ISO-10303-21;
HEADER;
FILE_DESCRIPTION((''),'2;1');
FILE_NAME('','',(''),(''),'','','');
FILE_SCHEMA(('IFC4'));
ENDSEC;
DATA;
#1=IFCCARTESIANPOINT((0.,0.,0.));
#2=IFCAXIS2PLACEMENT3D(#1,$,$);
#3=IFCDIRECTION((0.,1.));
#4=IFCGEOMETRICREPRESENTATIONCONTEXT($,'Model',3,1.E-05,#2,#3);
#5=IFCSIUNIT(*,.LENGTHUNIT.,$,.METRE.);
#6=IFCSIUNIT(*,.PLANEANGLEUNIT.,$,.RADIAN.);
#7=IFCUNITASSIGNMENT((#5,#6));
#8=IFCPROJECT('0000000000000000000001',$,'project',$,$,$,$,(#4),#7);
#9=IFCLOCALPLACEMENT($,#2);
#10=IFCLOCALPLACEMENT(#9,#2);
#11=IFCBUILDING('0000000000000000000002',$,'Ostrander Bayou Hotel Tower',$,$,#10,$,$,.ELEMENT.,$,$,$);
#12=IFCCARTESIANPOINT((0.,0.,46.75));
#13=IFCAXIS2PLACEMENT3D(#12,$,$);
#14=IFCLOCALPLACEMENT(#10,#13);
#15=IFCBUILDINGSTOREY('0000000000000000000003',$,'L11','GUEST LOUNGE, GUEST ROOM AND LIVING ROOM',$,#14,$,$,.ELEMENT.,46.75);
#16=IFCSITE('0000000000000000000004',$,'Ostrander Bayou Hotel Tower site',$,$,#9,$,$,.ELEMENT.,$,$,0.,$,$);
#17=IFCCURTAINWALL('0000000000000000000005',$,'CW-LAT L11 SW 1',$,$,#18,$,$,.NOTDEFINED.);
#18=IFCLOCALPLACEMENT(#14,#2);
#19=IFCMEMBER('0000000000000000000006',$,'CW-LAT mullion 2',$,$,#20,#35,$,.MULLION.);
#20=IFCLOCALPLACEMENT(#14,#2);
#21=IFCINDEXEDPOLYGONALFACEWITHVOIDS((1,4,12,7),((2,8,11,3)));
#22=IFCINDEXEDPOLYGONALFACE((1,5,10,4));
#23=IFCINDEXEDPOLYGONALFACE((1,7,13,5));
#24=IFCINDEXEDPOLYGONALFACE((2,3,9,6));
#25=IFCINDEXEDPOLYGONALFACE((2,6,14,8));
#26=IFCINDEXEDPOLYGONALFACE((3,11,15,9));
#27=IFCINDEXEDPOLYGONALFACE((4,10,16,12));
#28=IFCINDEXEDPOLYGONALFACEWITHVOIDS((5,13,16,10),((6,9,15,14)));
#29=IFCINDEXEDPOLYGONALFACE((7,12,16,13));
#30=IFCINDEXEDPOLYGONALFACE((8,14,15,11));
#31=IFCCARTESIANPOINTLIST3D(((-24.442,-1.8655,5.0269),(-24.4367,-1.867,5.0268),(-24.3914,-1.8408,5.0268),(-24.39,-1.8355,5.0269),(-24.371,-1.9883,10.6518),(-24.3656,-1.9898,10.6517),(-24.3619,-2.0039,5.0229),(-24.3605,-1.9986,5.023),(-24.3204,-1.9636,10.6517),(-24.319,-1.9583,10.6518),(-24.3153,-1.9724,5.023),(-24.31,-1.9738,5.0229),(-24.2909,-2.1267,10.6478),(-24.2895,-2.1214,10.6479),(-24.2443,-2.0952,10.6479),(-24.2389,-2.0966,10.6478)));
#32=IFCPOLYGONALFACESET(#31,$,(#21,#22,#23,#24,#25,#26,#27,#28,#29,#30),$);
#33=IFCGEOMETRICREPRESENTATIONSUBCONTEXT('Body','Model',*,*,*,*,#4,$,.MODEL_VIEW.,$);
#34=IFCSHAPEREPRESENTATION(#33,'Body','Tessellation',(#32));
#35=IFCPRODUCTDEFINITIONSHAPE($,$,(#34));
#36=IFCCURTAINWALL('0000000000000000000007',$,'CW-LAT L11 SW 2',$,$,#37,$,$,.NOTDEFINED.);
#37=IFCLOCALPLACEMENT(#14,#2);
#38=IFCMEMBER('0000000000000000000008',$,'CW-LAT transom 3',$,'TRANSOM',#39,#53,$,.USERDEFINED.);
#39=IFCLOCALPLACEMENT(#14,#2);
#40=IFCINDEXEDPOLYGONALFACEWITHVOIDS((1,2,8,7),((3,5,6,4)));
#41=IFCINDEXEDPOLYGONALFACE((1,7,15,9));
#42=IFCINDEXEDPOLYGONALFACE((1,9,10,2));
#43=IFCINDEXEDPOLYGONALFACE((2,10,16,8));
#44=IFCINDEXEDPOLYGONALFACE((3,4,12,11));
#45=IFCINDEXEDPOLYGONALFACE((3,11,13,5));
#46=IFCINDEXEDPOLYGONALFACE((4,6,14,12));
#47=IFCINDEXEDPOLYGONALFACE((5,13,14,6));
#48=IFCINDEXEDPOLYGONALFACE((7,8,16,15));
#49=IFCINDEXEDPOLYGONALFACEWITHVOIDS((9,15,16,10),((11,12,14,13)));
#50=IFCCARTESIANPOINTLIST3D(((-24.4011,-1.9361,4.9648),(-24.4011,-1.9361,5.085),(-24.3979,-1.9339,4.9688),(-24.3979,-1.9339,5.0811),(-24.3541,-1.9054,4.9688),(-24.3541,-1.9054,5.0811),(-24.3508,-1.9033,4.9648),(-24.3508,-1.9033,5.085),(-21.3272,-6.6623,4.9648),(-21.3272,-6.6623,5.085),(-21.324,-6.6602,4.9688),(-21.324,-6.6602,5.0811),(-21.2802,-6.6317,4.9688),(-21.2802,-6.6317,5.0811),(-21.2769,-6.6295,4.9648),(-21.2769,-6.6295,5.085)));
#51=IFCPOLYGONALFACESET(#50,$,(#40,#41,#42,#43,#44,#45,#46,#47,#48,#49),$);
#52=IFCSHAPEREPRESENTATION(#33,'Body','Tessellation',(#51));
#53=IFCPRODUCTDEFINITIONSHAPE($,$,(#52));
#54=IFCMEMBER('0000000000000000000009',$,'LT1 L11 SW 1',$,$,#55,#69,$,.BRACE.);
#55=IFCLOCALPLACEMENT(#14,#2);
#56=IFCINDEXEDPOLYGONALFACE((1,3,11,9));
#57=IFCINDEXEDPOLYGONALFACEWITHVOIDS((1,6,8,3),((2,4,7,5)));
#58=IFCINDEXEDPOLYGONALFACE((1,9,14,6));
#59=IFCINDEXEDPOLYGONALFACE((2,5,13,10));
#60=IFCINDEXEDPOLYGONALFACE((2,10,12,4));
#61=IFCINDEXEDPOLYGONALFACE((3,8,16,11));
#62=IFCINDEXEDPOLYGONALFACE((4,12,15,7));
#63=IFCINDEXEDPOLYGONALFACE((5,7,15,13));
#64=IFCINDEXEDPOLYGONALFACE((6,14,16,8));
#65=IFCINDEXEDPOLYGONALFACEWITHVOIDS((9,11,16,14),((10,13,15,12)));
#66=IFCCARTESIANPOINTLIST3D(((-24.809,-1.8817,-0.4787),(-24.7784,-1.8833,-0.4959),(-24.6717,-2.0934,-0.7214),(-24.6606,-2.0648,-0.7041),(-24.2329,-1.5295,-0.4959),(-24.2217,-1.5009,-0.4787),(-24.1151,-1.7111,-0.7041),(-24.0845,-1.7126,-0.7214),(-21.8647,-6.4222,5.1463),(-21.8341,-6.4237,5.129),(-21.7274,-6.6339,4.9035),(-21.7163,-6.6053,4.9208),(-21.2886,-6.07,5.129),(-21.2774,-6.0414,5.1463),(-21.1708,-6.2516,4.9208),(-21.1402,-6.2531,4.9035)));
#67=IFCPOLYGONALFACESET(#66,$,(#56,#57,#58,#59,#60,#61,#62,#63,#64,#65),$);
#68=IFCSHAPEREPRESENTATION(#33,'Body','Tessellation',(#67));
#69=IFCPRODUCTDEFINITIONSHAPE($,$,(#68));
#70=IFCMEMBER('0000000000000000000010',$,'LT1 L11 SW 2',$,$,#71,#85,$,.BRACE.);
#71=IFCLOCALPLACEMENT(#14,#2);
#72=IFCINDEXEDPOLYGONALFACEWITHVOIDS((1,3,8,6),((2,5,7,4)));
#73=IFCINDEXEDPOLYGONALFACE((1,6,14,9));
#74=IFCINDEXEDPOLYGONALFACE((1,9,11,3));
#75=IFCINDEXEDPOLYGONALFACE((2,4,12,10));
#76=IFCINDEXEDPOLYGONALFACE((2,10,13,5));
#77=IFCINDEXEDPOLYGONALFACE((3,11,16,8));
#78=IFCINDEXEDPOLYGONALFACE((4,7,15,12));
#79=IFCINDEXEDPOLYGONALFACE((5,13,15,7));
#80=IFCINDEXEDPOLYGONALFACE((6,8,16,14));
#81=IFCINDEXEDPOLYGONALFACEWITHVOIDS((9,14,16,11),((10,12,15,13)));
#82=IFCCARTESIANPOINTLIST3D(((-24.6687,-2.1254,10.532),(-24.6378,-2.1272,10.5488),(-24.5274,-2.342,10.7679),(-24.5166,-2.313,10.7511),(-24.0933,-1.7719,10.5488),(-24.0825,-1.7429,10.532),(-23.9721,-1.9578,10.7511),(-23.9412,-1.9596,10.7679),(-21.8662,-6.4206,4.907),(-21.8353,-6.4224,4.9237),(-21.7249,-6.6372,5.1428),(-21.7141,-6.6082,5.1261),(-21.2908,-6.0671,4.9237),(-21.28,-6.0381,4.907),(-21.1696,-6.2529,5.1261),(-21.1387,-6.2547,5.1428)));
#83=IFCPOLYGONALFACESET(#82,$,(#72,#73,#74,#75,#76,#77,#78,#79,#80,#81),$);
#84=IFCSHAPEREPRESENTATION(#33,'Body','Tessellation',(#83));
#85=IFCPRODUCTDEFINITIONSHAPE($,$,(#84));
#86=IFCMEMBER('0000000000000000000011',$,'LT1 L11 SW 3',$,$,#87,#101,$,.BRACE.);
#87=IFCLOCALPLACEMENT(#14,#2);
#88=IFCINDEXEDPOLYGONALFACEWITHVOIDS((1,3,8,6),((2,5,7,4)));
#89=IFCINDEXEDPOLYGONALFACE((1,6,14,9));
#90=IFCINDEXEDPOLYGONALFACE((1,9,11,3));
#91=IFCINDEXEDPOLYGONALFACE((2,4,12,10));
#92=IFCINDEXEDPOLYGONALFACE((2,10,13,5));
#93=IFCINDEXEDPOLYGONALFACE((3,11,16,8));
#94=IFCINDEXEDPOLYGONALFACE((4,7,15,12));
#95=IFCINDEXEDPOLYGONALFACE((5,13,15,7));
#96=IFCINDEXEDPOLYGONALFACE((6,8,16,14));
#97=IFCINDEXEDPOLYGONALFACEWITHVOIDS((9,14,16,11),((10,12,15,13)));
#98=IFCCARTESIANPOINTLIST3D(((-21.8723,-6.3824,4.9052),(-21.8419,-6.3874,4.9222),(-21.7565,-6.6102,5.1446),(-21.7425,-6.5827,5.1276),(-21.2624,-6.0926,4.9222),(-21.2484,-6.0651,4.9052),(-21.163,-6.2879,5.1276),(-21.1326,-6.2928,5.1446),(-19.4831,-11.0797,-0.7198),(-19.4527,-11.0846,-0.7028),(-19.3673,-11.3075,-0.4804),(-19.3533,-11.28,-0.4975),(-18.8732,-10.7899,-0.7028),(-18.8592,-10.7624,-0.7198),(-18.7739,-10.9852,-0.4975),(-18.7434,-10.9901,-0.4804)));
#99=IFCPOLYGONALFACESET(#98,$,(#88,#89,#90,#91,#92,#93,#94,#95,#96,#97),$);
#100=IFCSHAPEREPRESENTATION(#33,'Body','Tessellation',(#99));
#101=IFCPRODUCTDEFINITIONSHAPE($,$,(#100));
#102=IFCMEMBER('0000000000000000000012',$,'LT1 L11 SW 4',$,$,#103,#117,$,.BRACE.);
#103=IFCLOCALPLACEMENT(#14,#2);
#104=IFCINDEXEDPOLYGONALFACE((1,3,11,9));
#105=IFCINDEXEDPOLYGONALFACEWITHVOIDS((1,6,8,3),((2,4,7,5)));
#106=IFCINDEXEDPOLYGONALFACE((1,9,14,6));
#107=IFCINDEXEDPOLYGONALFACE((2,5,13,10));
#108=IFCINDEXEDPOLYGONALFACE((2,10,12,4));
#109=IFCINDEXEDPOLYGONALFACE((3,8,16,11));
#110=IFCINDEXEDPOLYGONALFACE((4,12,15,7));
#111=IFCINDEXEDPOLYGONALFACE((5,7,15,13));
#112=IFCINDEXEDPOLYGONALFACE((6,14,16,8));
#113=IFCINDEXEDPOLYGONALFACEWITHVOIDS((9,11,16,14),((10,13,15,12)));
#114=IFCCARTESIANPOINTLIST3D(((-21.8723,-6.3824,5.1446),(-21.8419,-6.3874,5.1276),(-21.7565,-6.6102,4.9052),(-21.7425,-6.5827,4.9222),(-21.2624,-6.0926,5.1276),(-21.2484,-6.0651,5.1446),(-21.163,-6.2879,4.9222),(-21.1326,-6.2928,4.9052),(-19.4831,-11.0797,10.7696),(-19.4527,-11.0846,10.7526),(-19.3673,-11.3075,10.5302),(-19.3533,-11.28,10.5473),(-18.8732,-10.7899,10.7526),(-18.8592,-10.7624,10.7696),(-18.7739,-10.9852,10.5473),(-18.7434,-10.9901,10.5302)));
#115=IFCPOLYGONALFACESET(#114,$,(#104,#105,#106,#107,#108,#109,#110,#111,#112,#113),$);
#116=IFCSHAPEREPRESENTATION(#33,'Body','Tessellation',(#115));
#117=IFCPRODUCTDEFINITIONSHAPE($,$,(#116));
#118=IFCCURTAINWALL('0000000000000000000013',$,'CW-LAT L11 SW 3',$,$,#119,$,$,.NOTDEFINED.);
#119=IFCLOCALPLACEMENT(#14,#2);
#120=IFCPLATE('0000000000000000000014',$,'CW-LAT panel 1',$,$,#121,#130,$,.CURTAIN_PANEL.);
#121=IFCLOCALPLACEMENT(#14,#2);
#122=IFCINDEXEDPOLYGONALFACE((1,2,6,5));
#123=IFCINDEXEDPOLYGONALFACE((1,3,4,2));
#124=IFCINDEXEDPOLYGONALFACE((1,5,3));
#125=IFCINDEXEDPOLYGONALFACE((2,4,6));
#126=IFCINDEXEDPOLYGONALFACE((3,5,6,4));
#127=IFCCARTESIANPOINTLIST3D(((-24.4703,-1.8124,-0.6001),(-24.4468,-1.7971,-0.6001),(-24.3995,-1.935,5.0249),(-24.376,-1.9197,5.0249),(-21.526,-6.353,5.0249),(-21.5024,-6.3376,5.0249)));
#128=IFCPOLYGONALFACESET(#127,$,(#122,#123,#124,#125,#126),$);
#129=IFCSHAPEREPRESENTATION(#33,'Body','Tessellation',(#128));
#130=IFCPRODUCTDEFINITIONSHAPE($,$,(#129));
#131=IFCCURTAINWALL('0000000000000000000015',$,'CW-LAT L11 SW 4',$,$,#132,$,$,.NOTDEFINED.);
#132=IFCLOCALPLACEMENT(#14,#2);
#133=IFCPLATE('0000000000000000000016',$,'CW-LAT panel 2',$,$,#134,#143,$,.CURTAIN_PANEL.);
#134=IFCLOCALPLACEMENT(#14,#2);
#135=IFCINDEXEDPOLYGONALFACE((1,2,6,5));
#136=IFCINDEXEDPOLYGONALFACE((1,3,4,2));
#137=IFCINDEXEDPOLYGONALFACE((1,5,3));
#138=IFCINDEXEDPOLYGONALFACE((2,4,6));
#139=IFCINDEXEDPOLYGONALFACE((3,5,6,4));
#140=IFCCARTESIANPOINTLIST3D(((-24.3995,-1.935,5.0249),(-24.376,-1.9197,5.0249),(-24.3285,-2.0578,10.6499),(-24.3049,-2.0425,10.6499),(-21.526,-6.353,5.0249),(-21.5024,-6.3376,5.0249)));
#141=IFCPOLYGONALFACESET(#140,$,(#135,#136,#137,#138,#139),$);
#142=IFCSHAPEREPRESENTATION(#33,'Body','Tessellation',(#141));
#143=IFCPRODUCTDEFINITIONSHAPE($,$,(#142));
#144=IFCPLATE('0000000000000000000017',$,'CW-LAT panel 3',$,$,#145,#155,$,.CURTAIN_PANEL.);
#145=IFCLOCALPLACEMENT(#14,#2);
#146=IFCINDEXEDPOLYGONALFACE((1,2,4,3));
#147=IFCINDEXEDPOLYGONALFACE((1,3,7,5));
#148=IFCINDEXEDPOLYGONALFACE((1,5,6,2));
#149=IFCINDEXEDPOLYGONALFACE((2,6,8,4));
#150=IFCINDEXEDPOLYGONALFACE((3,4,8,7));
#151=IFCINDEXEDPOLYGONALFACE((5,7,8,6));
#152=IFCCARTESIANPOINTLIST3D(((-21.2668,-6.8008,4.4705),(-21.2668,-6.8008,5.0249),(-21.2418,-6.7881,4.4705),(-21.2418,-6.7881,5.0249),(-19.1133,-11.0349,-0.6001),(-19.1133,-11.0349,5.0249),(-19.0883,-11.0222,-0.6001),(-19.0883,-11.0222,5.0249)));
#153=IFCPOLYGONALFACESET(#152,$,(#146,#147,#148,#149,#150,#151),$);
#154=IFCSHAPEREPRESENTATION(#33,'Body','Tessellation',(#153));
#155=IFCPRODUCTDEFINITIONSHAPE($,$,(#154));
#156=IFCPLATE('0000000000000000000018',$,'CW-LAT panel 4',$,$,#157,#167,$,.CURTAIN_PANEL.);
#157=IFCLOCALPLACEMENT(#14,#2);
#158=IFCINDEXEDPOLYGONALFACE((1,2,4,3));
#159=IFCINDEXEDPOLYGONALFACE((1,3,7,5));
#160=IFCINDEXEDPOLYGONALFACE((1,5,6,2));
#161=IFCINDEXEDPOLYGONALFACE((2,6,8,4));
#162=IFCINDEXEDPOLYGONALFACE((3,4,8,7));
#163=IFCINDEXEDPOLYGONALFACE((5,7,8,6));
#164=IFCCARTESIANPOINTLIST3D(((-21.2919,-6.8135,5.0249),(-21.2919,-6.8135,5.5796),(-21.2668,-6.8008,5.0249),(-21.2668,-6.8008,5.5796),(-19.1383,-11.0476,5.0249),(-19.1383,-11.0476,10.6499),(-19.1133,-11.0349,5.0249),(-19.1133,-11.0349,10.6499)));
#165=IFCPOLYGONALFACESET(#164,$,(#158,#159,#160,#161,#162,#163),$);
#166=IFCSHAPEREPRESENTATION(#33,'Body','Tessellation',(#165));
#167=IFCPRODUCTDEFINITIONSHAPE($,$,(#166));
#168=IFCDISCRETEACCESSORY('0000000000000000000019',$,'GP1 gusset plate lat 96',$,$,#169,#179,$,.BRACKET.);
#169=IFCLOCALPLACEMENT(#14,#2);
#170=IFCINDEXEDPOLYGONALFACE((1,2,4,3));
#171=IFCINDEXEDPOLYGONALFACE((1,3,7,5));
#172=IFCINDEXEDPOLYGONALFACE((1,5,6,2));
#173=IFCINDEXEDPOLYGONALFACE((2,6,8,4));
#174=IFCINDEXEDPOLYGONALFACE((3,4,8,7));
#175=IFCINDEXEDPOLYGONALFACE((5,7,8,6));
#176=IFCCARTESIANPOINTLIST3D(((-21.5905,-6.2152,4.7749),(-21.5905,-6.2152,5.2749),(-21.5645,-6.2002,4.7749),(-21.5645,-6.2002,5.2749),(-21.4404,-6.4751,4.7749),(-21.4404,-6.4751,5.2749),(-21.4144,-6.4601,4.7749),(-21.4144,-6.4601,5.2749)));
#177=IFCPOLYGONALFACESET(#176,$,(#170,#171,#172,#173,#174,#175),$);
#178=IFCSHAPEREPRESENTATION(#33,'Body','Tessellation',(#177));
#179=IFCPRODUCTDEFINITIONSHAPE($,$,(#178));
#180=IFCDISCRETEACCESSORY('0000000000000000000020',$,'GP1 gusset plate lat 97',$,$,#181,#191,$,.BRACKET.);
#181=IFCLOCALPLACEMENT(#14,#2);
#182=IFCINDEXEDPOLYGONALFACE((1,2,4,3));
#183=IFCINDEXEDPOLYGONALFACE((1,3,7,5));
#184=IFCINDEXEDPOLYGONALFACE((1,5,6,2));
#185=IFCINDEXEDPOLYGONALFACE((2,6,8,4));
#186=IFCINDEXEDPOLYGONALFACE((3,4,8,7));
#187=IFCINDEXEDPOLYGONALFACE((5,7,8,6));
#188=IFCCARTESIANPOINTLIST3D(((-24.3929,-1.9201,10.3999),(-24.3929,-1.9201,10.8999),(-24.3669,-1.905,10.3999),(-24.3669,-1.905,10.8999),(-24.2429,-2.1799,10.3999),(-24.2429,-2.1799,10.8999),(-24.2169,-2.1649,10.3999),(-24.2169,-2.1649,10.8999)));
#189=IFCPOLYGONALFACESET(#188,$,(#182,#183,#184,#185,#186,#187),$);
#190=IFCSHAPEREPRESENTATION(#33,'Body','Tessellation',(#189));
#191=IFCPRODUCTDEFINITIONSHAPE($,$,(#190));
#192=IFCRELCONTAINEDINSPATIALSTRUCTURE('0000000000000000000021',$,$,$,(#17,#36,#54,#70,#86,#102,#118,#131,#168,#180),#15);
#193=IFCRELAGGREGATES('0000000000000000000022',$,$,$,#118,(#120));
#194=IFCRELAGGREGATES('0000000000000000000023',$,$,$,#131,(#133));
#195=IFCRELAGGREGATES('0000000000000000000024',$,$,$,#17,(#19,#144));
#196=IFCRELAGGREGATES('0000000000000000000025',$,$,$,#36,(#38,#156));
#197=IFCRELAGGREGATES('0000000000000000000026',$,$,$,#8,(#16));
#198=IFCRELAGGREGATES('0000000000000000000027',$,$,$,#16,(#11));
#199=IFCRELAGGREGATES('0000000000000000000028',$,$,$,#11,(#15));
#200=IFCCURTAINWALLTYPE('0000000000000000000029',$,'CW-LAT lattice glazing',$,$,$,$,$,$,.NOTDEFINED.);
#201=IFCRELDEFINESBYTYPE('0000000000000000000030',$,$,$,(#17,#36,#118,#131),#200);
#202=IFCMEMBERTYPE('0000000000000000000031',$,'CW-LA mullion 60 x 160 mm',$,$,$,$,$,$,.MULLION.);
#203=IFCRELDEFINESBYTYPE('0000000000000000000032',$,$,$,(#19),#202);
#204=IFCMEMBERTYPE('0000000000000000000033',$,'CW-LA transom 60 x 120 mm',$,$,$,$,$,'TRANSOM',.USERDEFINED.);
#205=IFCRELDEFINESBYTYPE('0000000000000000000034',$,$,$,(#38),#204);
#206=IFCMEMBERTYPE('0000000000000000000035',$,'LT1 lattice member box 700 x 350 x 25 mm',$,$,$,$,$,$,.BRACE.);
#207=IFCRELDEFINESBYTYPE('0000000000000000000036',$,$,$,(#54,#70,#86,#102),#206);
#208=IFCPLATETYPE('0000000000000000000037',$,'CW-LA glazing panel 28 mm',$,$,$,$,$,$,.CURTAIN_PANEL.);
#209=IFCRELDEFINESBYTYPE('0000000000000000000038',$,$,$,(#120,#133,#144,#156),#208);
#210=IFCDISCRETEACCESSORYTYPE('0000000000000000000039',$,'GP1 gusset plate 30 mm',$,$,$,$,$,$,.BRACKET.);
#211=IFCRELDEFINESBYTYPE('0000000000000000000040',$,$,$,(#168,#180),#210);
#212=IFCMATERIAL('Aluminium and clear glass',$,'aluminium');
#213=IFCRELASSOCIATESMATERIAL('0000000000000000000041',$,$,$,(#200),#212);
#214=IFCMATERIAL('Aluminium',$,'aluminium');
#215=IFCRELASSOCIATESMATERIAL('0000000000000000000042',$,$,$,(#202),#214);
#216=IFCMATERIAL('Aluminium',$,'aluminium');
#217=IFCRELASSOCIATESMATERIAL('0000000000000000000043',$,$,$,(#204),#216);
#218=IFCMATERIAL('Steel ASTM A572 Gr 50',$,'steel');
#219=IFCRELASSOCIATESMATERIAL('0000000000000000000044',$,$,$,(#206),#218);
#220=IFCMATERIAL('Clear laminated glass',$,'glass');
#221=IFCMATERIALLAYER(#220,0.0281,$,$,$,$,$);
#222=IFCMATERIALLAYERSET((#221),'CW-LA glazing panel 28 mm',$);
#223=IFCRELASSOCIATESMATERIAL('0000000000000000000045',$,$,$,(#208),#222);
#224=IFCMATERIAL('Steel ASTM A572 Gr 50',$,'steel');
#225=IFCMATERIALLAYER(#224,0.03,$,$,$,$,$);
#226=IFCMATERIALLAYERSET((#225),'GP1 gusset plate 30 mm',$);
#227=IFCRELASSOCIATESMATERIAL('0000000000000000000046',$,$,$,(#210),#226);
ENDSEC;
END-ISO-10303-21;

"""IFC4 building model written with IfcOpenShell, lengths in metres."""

from ifc_helpers import new_model, si_unit, direction, frame, origin, origin_2d, place, context, subcontext, project, spatial, polyline, rectangle, hollow_rectangle, outline, extrude, material, layer, layer_set, material_profile, profile_set, type_object, element, aggregate, save


model = new_model("IFC4")

# Units and contexts
model_context = context("Model", 3, precision=1e-05, world=origin(), true_north=direction((0.0, 1.0)))
body_context = subcontext(model_context, "Body", "Model", "MODEL_VIEW")
ifc_project = project(units=[si_unit("LENGTHUNIT", "METRE"), si_unit("PLANEANGLEUNIT", "RADIAN")], contexts=[model_context])

# Site, building, storey
site_placement = place(None, origin())
site = spatial("IfcSite", under=ifc_project, at=site_placement, Name="Ostrander Bayou Hotel Tower site", CompositionType="ELEMENT", RefElevation=0.0)
building_placement = place(site_placement, origin())
building = spatial("IfcBuilding", under=site, at=building_placement, Name="Ostrander Bayou Hotel Tower", CompositionType="ELEMENT")
storey_placement = place(building_placement, frame((0.0, 0.0, 46.75)))
storey = spatial("IfcBuildingStorey", under=building, at=storey_placement, Name="L11", Description="GUEST LOUNGE, GUEST ROOM AND LIVING ROOM", CompositionType="ELEMENT", Elevation=46.75)

# Curtain walls, members
ifc_material_1 = material(Name="Aluminium and clear glass", Category="aluminium")
curtain_wall_type = type_object("IfcCurtainWallType", Name="CW-LAT lattice glazing", PredefinedType="NOTDEFINED", material=ifc_material_1)
curtain_wall_1_placement = place(storey_placement, origin())
curtain_wall_1 = element("IfcCurtainWall", 1, at=curtain_wall_1_placement, inside=storey, type_object=curtain_wall_type, Name="CW-LAT L11 SW 1", PredefinedType="NOTDEFINED")
ifc_material_2 = material(Name="Aluminium", Category="aluminium")
ifc_material_profile_1 = material_profile(ifc_material_2, hollow_rectangle(XDim=0.0601, YDim=0.1599, WallThickness=0.0039, at=origin_2d()))
ifc_profile_set_1 = profile_set([ifc_material_profile_1], Name="Aluminium")
member_type_1 = type_object("IfcMemberType", Name="CW-LA mullion 60 x 160 mm", PredefinedType="MULLION", material=ifc_profile_set_1)
member_1_placement = place(storey_placement, frame((-24.376, -1.9197, 5.0249), z_axis=(0.012626, -0.021825, 0.999682), x_axis=(0.865583, 0.500765, 0.0)))
member_1 = element("IfcMember", 2, at=member_1_placement, type_object=member_type_1, Name="CW-LAT mullion 2", PredefinedType="MULLION", context=body_context, shape_type="SweptSolid", body=[
    extrude(hollow_rectangle(XDim=0.0601, YDim=0.1599, WallThickness=0.0039, at=origin_2d()), origin(), (0.0, 0.0, 1.0), 5.6267),
])
curtain_wall_2_placement = place(storey_placement, origin())
curtain_wall_2 = element("IfcCurtainWall", 3, at=curtain_wall_2_placement, inside=storey, type_object=curtain_wall_type, Name="CW-LAT L11 SW 2", PredefinedType="NOTDEFINED")
ifc_material_3 = material(Name="Aluminium", Category="aluminium")
ifc_material_profile_2 = material_profile(ifc_material_3, hollow_rectangle(XDim=0.0601, YDim=0.1201, WallThickness=0.0039, at=origin_2d()))
ifc_profile_set_2 = profile_set([ifc_material_profile_2], Name="Aluminium")
member_type_2 = type_object("IfcMemberType", Name="CW-LA transom 60 x 120 mm", ElementType="TRANSOM", PredefinedType="USERDEFINED", material=ifc_profile_set_2)
member_2_placement = place(storey_placement, frame((-24.376, -1.9197, 5.0249), z_axis=(0.545221, -0.838292, 0.0), x_axis=(0.838292, 0.545221, 0.0)))
member_2 = element("IfcMember", 4, at=member_2_placement, type_object=member_type_2, Name="CW-LAT transom 3", ObjectType="TRANSOM", PredefinedType="USERDEFINED", context=body_context, shape_type="SweptSolid", body=[
    extrude(hollow_rectangle(XDim=0.0601, YDim=0.1201, WallThickness=0.0039, at=origin_2d()), origin(), (0.0, 0.0, 1.0), 5.6379),
])

# Members
ifc_material_4 = material(Name="Steel ASTM A572 Gr 50", Category="steel")
ifc_material_profile_3 = material_profile(ifc_material_4, hollow_rectangle(XDim=0.7, YDim=0.3501, WallThickness=0.0249, at=origin_2d()))
ifc_profile_set_3 = profile_set([ifc_material_profile_3], Name="Steel ASTM A572 Gr 50")
member_type_3 = type_object("IfcMemberType", Name="LT1 lattice member box 700 x 350 x 25 mm", PredefinedType="BRACE", material=ifc_profile_set_3)
member_3_placement = place(storey_placement, frame((-21.5024, -6.3376, 5.0249), z_axis=(-0.377212, 0.581707, -0.720644), x_axis=(-0.839035, -0.544078, 0.0)))
element("IfcMember", 5, at=member_3_placement, inside=storey, type_object=member_type_3, Name="LT1 L11 SW 1", PredefinedType="BRACE", context=body_context, shape_type="SweptSolid", body=[
    extrude(hollow_rectangle(XDim=0.7, YDim=0.3501, WallThickness=0.0249, at=origin_2d()), origin(), (0.0, 0.0, 1.0), 7.8054),
])
member_4_placement = place(storey_placement, frame((-21.5024, -6.3376, 5.0249), z_axis=(-0.368166, 0.56426, 0.738962), x_axis=(-0.837495, -0.546445, 0.0)))
element("IfcMember", 6, at=member_4_placement, inside=storey, type_object=member_type_3, Name="LT1 L11 SW 2", PredefinedType="BRACE", context=body_context, shape_type="SweptSolid", body=[
    extrude(hollow_rectangle(XDim=0.7, YDim=0.3501, WallThickness=0.0249, at=origin_2d()), origin(), (0.0, 0.0, 1.0), 7.6121),
])
for number, where, z_axis, x_axis, name in (
    (7, (-21.5024, -6.3376, 5.0249), (0.309959, -0.609403, -0.729763), (0.89133, 0.453355, 0.0), "LT1 L11 SW 3"),
    (8, (-21.5024, -6.3376, 5.0249), (0.309959, -0.609403, 0.729763), (0.89133, 0.453355, 0.0), "LT1 L11 SW 4"),
):
    element("IfcMember", number, at=place(storey_placement, frame(where, z_axis=z_axis, x_axis=x_axis)), inside=storey, type_object=member_type_3, Name=name, PredefinedType="BRACE", context=body_context, shape_type="SweptSolid", body=[
        extrude(hollow_rectangle(XDim=0.7, YDim=0.3501, WallThickness=0.0249, at=origin_2d()), origin(), (0.0, 0.0, 1.0), 7.708),
    ])

# Curtain walls, plates
curtain_wall_3_placement = place(storey_placement, origin())
curtain_wall_3 = element("IfcCurtainWall", 9, at=curtain_wall_3_placement, inside=storey, type_object=curtain_wall_type, Name="CW-LAT L11 SW 3", PredefinedType="NOTDEFINED")
ifc_material_5 = material(Name="Clear laminated glass", Category="glass")
ifc_layer_1 = layer(ifc_material_5, 0.0281)
ifc_layer_set_1 = layer_set([ifc_layer_1], Name="CW-LA glazing panel 28 mm")
plate_type = type_object("IfcPlateType", Name="CW-LA glazing panel 28 mm", PredefinedType="CURTAIN_PANEL", material=ifc_layer_set_1)
plate_1_placement = place(storey_placement, frame((-21.5024, -6.3376, 5.0249), z_axis=(0.838282, 0.545235, 0.001328), x_axis=(-0.377212, 0.581707, -0.720644)))
plate_1 = element("IfcPlate", 10, at=plate_1_placement, type_object=plate_type, Name="CW-LAT panel 1", PredefinedType="CURTAIN_PANEL", context=body_context, shape_type="SweptSolid", body=[
    extrude(outline(polyline([(0.0, 0.0), (7.8055, 0.0), (3.6539, 3.798), (0.0, 0.0)])), origin(), (0.0, 0.0, -1.0), 0.0281),
])
aggregate(curtain_wall_3, [plate_1])
curtain_wall_4_placement = place(storey_placement, origin())
curtain_wall_4 = element("IfcCurtainWall", 11, at=curtain_wall_4_placement, inside=storey, type_object=curtain_wall_type, Name="CW-LAT L11 SW 4", PredefinedType="NOTDEFINED")
plate_2_placement = place(storey_placement, frame((-21.5024, -6.3376, 5.0249), z_axis=(0.838282, 0.545235, 0.001316), x_axis=(-0.368166, 0.56426, 0.738962)))
plate_2 = element("IfcPlate", 12, at=plate_2_placement, type_object=plate_type, Name="CW-LAT panel 2", PredefinedType="CURTAIN_PANEL", context=body_context, shape_type="SweptSolid", body=[
    extrude(outline(polyline([(0.0, 0.0), (7.612, 0.0), (3.5508, -3.8945), (0.0, 0.0)])), origin(), (0.0, 0.0, -1.0), 0.0281),
])
aggregate(curtain_wall_4, [plate_2])

# Plates
plate_3_placement = place(storey_placement, frame((-21.2668, -6.8008, 4.4705), z_axis=(-0.891333, -0.45335, 0.0), x_axis=(0.30995, -0.609393, -0.729775)))
plate_3 = element("IfcPlate", 13, at=plate_3_placement, type_object=plate_type, Name="CW-LAT panel 3", PredefinedType="CURTAIN_PANEL", context=body_context, shape_type="SweptSolid", body=[
    extrude(outline(polyline([(0.0, 0.0), (6.9481, 0.0), (2.8431, 3.8457), (-0.4046, 0.3791), (0.0, 0.0)])), origin(), (0.0, 0.0, -1.0), 0.0281),
])
aggregate(curtain_wall_1, [member_1, plate_3])
plate_4_placement = place(storey_placement, frame((-21.2668, -6.8008, 5.5796), z_axis=(0.891333, 0.45335, 0.0), x_axis=(0.309958, -0.609409, 0.729758)))
plate_4 = element("IfcPlate", 14, at=plate_4_placement, type_object=plate_type, Name="CW-LAT panel 4", PredefinedType="CURTAIN_PANEL", context=body_context, shape_type="SweptSolid", body=[
    extrude(outline(polyline([(0.0, 0.0), (6.9479, 0.0), (2.843, 3.8458), (-0.4048, 0.3792), (0.0, 0.0)])), origin(), (0.0, 0.0, -1.0), 0.0281),
])
aggregate(curtain_wall_2, [member_2, plate_4])

# Discrete accessories
ifc_material_6 = material(Name="Steel ASTM A572 Gr 50", Category="steel")
ifc_layer_2 = layer(ifc_material_6, 0.03)
ifc_layer_set_2 = layer_set([ifc_layer_2], Name="GP1 gusset plate 30 mm")
discrete_accessory_type = type_object("IfcDiscreteAccessoryType", Name="GP1 gusset plate 30 mm", PredefinedType="BRACKET", material=ifc_layer_set_2)
for number, where, z_axis, x_axis, name in (
    (15, (-21.5024, -6.3376, 4.7749), (0.0, 0.0, 1.0), (0.5, -0.866025, 0.0), "GP1 gusset plate lat 96"),
    (16, (-24.3049, -2.0425, 10.3999), (0.0, 0.0, 1.0), (0.5, -0.866025, 0.0), "GP1 gusset plate lat 97"),
):
    element("IfcDiscreteAccessory", number, at=place(storey_placement, frame(where, z_axis=z_axis, x_axis=x_axis)), inside=storey, type_object=discrete_accessory_type, Name=name, PredefinedType="BRACKET", context=body_context, shape_type="SweptSolid", body=[
        extrude(rectangle(XDim=0.3, YDim=0.03, at=origin_2d()), origin(), (0.0, 0.0, 1.0), 0.5),
    ])

save(model, "model.ifc")
